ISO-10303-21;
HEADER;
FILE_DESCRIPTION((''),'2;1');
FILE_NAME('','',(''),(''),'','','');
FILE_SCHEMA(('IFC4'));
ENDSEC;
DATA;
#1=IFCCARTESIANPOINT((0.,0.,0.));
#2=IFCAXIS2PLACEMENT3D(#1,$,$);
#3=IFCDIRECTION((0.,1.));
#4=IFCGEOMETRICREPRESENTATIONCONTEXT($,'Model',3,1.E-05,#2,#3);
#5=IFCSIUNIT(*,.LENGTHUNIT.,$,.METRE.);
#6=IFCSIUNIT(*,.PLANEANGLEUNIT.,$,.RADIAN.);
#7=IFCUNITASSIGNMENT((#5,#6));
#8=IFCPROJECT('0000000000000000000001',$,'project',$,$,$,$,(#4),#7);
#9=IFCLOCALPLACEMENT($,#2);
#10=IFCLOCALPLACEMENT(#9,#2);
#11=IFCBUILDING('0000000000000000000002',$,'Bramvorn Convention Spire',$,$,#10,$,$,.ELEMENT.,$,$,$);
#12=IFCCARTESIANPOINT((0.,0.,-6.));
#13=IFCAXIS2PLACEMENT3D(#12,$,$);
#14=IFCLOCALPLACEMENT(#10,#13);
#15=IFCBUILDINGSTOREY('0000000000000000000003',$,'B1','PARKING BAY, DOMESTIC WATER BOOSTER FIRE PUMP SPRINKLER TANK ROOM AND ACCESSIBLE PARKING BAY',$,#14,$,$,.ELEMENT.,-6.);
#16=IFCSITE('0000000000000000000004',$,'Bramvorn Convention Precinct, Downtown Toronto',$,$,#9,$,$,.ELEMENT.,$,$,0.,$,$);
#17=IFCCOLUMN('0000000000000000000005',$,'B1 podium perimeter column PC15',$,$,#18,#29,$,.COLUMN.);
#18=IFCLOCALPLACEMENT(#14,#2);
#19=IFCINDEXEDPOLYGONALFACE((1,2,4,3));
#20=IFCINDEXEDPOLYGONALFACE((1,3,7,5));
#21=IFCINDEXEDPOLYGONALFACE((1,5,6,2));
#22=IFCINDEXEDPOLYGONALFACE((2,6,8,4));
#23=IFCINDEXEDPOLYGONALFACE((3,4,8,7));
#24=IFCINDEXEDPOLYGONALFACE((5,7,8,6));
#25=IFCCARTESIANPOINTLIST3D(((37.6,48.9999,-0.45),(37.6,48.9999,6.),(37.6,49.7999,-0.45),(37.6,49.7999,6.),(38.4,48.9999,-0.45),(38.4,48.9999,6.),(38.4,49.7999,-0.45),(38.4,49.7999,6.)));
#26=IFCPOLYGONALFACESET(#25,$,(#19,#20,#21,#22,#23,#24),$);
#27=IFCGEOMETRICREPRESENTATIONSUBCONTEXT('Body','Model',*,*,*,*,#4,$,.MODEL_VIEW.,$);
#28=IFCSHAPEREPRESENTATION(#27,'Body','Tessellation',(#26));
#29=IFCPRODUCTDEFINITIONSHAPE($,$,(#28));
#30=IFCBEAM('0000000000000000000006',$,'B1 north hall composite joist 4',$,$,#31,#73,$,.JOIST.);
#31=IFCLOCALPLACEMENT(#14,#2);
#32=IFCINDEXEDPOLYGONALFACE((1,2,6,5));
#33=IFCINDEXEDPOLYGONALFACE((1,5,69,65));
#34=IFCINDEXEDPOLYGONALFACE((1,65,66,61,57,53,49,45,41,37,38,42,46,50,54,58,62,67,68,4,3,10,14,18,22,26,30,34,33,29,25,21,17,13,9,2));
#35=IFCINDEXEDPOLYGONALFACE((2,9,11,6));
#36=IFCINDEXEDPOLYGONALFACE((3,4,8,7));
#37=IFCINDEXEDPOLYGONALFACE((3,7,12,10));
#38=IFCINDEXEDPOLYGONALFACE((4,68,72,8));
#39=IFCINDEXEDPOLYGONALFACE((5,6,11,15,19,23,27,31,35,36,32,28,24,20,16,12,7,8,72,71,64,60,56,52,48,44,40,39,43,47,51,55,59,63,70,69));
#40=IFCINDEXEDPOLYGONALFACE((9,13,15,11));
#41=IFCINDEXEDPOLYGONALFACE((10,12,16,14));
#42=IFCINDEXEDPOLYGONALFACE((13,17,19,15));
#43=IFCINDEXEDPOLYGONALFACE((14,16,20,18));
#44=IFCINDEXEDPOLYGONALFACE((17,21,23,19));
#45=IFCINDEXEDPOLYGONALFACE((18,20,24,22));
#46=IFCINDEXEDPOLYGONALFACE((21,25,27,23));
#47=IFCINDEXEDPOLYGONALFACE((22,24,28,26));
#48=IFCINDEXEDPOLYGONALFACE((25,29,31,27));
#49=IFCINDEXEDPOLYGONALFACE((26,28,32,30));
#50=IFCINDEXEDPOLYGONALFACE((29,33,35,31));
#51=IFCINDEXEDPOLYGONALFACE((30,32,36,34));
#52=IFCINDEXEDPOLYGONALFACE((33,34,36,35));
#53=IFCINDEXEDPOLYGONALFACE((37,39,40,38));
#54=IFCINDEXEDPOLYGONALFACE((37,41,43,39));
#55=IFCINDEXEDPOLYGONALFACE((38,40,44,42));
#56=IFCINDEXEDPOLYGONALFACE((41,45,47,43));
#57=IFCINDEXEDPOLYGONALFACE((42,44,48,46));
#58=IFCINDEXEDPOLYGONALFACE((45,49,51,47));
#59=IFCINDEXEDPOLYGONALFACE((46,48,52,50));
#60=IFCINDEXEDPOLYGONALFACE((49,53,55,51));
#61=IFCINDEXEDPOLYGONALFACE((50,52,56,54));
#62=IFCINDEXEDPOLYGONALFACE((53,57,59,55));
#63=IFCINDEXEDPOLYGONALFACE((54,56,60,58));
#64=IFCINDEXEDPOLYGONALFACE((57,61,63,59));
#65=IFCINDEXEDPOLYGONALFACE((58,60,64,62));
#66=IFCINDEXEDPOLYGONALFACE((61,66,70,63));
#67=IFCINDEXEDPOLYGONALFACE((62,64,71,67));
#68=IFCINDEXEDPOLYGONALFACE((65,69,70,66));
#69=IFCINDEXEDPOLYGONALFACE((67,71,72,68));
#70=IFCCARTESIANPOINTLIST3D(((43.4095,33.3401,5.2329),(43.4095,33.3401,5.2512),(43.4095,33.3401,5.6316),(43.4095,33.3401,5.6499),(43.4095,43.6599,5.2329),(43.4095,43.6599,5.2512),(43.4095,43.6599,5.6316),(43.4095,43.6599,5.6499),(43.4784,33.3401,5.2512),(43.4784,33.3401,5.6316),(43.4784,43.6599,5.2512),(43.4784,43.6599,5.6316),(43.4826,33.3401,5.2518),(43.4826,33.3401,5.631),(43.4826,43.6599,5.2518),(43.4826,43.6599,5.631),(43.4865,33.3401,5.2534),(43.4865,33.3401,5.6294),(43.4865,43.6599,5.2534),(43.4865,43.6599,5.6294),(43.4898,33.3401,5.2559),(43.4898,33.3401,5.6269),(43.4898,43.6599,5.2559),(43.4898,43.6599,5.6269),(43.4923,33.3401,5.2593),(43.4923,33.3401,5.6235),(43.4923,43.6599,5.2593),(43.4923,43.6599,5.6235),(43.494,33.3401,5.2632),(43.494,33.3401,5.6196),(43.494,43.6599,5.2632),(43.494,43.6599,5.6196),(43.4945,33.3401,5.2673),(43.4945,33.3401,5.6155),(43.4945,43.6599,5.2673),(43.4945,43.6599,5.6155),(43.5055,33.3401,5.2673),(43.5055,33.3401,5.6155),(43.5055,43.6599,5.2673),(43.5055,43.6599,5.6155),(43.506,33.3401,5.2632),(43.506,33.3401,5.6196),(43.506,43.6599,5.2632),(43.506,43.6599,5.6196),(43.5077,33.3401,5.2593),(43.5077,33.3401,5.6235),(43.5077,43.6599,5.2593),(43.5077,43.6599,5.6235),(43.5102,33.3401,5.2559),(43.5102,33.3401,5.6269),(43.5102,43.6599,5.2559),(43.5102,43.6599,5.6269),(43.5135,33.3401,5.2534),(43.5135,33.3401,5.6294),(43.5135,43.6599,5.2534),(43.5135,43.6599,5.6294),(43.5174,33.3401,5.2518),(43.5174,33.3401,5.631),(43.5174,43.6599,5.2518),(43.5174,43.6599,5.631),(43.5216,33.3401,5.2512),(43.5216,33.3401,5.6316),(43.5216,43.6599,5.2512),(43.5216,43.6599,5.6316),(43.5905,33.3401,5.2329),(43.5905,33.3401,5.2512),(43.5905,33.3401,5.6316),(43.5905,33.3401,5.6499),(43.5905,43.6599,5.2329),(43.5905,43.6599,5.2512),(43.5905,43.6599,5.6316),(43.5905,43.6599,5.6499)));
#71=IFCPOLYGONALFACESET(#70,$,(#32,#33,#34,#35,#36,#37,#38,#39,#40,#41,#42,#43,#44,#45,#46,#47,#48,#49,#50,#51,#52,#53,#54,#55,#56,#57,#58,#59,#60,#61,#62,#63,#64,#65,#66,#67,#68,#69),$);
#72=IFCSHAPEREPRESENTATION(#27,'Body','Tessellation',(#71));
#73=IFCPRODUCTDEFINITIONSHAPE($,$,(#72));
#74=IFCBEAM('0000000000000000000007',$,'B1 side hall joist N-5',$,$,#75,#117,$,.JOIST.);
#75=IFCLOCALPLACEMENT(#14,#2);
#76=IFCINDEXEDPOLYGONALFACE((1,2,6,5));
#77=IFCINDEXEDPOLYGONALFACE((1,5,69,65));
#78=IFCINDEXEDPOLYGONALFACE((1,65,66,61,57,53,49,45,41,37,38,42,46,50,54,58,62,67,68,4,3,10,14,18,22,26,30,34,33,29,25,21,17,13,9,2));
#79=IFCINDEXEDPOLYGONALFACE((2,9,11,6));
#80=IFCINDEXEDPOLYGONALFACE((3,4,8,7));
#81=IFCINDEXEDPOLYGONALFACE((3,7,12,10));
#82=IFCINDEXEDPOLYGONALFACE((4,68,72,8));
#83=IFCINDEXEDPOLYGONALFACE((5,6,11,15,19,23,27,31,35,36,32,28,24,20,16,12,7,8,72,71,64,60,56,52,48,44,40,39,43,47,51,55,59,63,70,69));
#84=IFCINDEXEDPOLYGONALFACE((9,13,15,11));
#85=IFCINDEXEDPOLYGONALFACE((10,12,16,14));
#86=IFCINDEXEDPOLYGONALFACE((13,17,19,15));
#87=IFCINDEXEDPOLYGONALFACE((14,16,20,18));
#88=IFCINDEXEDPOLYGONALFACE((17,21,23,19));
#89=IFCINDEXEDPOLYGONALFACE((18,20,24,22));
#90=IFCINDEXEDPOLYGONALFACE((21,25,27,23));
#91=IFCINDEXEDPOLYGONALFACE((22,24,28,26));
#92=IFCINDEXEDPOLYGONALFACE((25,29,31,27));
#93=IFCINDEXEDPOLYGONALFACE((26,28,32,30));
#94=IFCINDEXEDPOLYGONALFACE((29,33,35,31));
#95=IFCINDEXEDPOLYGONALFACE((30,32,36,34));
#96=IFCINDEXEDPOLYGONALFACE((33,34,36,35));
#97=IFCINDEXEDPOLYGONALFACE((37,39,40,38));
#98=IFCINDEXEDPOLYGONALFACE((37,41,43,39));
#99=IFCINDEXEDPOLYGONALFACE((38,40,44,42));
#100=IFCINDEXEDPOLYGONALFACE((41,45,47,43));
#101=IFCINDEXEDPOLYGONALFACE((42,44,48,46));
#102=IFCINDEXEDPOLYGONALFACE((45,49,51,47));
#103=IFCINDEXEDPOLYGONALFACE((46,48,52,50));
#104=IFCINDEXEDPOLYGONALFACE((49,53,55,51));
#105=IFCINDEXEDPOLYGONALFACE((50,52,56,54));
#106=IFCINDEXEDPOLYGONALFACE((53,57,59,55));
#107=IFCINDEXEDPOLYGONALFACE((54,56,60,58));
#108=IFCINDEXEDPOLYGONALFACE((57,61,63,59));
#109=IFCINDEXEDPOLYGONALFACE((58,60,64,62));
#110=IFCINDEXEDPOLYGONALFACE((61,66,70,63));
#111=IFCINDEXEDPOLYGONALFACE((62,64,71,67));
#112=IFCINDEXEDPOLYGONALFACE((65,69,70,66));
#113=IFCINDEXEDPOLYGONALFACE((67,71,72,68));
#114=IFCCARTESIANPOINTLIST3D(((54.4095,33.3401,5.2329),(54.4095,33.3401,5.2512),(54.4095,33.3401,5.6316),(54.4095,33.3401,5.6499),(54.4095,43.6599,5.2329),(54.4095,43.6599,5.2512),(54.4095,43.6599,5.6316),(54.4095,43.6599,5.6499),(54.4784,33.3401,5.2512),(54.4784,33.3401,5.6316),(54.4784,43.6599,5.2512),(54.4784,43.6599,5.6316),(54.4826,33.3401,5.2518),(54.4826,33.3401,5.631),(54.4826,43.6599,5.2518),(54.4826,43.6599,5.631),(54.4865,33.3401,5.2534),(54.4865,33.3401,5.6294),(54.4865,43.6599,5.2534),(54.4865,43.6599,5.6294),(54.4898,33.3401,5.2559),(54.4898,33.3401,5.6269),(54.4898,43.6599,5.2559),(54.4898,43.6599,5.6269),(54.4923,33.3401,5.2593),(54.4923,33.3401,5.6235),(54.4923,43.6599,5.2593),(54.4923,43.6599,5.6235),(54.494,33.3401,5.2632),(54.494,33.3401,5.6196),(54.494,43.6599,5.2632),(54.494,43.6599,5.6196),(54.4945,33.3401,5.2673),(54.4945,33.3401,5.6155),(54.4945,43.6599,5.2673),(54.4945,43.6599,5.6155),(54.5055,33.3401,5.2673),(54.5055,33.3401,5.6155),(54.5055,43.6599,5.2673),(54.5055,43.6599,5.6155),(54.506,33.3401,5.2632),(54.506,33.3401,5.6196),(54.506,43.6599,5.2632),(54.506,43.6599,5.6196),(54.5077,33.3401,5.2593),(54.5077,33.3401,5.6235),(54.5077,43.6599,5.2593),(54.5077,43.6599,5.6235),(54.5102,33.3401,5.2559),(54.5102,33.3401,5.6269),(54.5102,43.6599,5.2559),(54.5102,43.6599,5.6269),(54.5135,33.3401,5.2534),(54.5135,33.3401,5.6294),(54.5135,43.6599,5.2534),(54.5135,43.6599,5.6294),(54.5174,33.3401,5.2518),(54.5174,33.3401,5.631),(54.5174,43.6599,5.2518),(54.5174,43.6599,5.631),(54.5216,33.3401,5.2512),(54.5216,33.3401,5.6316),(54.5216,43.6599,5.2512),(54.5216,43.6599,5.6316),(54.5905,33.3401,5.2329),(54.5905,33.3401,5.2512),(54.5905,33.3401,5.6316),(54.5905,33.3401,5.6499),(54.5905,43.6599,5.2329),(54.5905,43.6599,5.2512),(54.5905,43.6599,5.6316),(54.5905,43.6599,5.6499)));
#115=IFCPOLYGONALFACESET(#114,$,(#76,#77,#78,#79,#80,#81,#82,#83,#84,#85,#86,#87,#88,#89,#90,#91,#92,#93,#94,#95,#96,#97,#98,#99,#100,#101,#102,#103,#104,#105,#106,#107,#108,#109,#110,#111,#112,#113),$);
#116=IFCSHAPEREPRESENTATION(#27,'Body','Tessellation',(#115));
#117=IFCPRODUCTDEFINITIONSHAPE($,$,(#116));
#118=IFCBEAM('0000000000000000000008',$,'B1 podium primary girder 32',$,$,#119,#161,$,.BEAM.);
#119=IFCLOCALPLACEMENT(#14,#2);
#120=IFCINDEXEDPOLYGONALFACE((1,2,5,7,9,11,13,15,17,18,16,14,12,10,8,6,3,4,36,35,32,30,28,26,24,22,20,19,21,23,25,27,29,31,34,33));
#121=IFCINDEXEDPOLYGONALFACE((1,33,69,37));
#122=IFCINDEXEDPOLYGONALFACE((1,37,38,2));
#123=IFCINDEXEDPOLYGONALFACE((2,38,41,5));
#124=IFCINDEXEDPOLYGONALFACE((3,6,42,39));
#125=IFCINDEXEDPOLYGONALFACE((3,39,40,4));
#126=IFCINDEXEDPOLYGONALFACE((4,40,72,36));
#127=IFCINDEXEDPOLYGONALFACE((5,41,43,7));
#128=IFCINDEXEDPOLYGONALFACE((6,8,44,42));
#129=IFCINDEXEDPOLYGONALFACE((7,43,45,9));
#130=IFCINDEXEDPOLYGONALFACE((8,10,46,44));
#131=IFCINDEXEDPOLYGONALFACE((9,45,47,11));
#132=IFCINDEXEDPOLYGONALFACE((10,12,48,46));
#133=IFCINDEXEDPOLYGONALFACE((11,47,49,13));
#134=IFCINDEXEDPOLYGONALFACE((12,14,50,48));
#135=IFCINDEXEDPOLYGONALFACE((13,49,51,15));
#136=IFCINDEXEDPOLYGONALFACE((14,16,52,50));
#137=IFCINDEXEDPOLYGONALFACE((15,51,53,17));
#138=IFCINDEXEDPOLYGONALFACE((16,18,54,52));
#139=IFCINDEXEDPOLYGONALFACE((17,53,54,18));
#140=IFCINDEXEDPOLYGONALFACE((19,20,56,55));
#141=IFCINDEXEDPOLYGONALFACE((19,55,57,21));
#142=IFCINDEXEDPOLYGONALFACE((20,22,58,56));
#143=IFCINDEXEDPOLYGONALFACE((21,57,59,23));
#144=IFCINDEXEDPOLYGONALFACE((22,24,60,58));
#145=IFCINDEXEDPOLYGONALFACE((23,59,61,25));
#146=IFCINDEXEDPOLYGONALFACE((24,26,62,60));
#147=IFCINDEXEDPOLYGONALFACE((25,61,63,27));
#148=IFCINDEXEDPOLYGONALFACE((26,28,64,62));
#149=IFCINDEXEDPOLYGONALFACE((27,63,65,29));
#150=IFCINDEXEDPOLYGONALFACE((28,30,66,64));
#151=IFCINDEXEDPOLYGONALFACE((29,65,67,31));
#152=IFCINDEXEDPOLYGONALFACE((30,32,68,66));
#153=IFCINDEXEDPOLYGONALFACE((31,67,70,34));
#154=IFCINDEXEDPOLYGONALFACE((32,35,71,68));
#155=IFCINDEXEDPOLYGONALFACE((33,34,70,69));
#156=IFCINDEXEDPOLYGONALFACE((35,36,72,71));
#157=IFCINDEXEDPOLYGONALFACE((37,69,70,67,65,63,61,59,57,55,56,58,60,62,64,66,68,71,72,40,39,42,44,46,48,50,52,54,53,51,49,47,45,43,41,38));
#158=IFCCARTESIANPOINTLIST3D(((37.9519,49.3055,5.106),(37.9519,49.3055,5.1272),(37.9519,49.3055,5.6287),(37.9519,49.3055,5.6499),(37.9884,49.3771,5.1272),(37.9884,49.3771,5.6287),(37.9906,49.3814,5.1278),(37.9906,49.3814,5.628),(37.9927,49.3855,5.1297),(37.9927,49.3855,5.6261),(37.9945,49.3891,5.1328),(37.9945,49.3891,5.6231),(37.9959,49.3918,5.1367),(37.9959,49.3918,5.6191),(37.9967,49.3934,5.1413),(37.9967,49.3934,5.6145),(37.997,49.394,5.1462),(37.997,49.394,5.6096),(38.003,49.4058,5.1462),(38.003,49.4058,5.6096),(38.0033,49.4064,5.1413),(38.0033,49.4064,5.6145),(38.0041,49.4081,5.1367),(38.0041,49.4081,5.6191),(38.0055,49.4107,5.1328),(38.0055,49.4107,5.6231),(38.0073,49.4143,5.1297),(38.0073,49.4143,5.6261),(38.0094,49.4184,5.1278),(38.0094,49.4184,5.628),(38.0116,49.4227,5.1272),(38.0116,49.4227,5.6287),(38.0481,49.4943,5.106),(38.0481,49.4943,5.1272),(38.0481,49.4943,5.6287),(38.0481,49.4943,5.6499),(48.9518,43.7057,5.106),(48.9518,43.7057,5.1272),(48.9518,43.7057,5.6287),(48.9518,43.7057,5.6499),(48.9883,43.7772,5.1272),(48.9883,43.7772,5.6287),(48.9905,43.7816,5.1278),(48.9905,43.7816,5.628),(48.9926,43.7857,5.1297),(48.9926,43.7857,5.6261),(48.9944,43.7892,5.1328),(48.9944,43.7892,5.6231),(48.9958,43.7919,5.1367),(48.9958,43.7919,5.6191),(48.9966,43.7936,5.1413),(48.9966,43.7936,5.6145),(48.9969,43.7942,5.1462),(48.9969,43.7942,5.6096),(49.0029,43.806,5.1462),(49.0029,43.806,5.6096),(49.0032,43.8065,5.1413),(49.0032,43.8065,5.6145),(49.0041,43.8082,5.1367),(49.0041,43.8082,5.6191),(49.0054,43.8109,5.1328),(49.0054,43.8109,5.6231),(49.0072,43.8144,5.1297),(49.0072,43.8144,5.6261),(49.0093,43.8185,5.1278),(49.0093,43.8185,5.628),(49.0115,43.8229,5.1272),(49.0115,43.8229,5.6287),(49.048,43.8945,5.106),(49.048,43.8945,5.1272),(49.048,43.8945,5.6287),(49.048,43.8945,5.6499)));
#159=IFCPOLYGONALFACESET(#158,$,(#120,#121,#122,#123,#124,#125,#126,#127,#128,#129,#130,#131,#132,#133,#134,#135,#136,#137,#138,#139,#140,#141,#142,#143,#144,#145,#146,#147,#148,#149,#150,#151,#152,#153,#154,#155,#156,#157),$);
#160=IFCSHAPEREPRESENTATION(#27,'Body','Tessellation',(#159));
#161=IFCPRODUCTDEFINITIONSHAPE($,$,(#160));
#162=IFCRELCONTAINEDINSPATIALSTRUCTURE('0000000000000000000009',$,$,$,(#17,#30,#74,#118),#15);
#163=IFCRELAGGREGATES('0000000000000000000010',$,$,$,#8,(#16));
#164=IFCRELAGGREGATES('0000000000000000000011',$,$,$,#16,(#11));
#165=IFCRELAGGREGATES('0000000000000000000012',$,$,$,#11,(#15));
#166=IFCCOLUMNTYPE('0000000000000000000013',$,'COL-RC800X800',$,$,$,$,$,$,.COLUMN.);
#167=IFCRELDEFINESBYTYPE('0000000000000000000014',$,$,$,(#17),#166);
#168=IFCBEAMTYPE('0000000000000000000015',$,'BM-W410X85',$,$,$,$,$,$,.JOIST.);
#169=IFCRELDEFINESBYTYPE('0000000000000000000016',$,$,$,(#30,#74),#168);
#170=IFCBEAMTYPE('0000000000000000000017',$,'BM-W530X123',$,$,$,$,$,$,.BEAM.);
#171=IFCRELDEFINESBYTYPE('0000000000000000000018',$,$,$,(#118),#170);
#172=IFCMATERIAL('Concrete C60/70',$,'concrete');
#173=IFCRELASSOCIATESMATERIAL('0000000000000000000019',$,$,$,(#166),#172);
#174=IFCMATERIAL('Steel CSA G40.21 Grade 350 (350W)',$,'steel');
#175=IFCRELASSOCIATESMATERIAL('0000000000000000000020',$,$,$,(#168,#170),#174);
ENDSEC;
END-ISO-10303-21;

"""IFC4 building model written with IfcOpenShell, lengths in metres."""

from ifc_helpers import new_model, si_unit, direction, frame, origin, origin_2d, place, context, subcontext, project, spatial, rectangle, i_section, extrude, material, material_profile, profile_set, type_object, element, save


model = new_model("IFC4")

# Units and contexts
model_context = context("Model", 3, precision=1e-05, world=origin(), true_north=direction((0.0, 1.0)))
body_context = subcontext(model_context, "Body", "Model", "MODEL_VIEW")
ifc_project = project(units=[si_unit("LENGTHUNIT", "METRE"), si_unit("PLANEANGLEUNIT", "RADIAN")], contexts=[model_context])

# Site, building, storey
site_placement = place(None, origin())
site = spatial("IfcSite", under=ifc_project, at=site_placement, Name="Bramvorn Convention Precinct, Downtown Toronto", CompositionType="ELEMENT", RefElevation=0.0)
building_placement = place(site_placement, origin())
building = spatial("IfcBuilding", under=site, at=building_placement, Name="Bramvorn Convention Spire", CompositionType="ELEMENT")
storey_placement = place(building_placement, frame((0.0, 0.0, -6.0)))
storey = spatial("IfcBuildingStorey", under=building, at=storey_placement, Name="B1", Description="PARKING BAY, DOMESTIC WATER BOOSTER FIRE PUMP SPRINKLER TANK ROOM AND ACCESSIBLE PARKING BAY", CompositionType="ELEMENT", Elevation=-6.0)

# Shared definitions
ifc_material_1 = material(Name="Concrete C60/70", Category="concrete")

# Column
ifc_material_2 = material(Name="Steel CSA G40.21 Grade 350 (350W)", Category="steel")
ifc_material_profile_1 = material_profile(ifc_material_1, rectangle(XDim=0.8, YDim=0.8, at=origin_2d()))
ifc_profile_set_1 = profile_set([ifc_material_profile_1], Name="Concrete C60/70 - RC800X800")
column_type_1 = type_object("IfcColumnType", Name="COL-RC800X800", PredefinedType="COLUMN", material=ifc_profile_set_1)
column_placement = place(storey_placement, frame((38.0, 49.3999, -0.45), z_axis=(0.0, 0.0, 1.0), x_axis=(1.0, 0.0, 0.0)))
element("IfcColumn", 1, at=column_placement, inside=storey, type_object=column_type_1, Name="B1 podium perimeter column PC15", PredefinedType="COLUMN", context=body_context, shape_type="SweptSolid", body=[
    extrude(rectangle(XDim=0.8, YDim=0.8, at=origin_2d()), origin(), (0.0, 0.0, 1.0), 6.45),
])

# Beams
ifc_material_profile_2 = material_profile(ifc_material_2, i_section(OverallWidth=0.1809, OverallDepth=0.417, WebThickness=0.011, FlangeThickness=0.0183, FilletRadius=0.0161, at=origin_2d()))
ifc_profile_set_2 = profile_set([ifc_material_profile_2], Name="Steel CSA G40.21 Grade 350 (350W) - W410X85")
beam_type_1 = type_object("IfcBeamType", Name="BM-W410X85", PredefinedType="JOIST", material=ifc_profile_set_2)
for number, where, z_axis, x_axis, name in (
    (2, (43.5, 33.3401, 5.4414), (0.0, 1.0, 0.0), (-1.0, 0.0, 0.0), "B1 north hall composite joist 4"),
    (3, (54.5, 33.3401, 5.4414), (0.0, 1.0, 0.0), (-1.0, 0.0, 0.0), "B1 side hall joist N-5"),
):
    element("IfcBeam", number, at=place(storey_placement, frame(where, z_axis=z_axis, x_axis=x_axis)), inside=storey, type_object=beam_type_1, Name=name, PredefinedType="JOIST", context=body_context, shape_type="SweptSolid", body=[
        extrude(i_section(OverallWidth=0.1809, OverallDepth=0.417, WebThickness=0.011, FlangeThickness=0.0183, FilletRadius=0.0161, at=origin_2d()), origin(), (0.0, 0.0, 1.0), 10.3198),
    ])
ifc_material_profile_3 = material_profile(ifc_material_2, i_section(OverallWidth=0.2119, OverallDepth=0.5439, WebThickness=0.0132, FlangeThickness=0.0212, FilletRadius=0.019, at=origin_2d()))
ifc_profile_set_3 = profile_set([ifc_material_profile_3], Name="Steel CSA G40.21 Grade 350 (350W) - W530X123")
beam_type_2 = type_object("IfcBeamType", Name="BM-W530X123", PredefinedType="BEAM", material=ifc_profile_set_3)
beam_1_placement = place(storey_placement, frame((38.0, 49.3999, 5.3779), z_axis=(0.891168, -0.453674, 0.0), x_axis=(0.453674, 0.891168, 0.0)))
element("IfcBeam", 4, at=beam_1_placement, inside=storey, type_object=beam_type_2, Name="B1 podium primary girder 32", PredefinedType="BEAM", context=body_context, shape_type="SweptSolid", body=[
    extrude(i_section(OverallWidth=0.2119, OverallDepth=0.5439, WebThickness=0.0132, FlangeThickness=0.0212, FilletRadius=0.019, at=origin_2d()), origin(), (0.0, 0.0, 1.0), 12.3433),
])

save(model, "model.ifc")
